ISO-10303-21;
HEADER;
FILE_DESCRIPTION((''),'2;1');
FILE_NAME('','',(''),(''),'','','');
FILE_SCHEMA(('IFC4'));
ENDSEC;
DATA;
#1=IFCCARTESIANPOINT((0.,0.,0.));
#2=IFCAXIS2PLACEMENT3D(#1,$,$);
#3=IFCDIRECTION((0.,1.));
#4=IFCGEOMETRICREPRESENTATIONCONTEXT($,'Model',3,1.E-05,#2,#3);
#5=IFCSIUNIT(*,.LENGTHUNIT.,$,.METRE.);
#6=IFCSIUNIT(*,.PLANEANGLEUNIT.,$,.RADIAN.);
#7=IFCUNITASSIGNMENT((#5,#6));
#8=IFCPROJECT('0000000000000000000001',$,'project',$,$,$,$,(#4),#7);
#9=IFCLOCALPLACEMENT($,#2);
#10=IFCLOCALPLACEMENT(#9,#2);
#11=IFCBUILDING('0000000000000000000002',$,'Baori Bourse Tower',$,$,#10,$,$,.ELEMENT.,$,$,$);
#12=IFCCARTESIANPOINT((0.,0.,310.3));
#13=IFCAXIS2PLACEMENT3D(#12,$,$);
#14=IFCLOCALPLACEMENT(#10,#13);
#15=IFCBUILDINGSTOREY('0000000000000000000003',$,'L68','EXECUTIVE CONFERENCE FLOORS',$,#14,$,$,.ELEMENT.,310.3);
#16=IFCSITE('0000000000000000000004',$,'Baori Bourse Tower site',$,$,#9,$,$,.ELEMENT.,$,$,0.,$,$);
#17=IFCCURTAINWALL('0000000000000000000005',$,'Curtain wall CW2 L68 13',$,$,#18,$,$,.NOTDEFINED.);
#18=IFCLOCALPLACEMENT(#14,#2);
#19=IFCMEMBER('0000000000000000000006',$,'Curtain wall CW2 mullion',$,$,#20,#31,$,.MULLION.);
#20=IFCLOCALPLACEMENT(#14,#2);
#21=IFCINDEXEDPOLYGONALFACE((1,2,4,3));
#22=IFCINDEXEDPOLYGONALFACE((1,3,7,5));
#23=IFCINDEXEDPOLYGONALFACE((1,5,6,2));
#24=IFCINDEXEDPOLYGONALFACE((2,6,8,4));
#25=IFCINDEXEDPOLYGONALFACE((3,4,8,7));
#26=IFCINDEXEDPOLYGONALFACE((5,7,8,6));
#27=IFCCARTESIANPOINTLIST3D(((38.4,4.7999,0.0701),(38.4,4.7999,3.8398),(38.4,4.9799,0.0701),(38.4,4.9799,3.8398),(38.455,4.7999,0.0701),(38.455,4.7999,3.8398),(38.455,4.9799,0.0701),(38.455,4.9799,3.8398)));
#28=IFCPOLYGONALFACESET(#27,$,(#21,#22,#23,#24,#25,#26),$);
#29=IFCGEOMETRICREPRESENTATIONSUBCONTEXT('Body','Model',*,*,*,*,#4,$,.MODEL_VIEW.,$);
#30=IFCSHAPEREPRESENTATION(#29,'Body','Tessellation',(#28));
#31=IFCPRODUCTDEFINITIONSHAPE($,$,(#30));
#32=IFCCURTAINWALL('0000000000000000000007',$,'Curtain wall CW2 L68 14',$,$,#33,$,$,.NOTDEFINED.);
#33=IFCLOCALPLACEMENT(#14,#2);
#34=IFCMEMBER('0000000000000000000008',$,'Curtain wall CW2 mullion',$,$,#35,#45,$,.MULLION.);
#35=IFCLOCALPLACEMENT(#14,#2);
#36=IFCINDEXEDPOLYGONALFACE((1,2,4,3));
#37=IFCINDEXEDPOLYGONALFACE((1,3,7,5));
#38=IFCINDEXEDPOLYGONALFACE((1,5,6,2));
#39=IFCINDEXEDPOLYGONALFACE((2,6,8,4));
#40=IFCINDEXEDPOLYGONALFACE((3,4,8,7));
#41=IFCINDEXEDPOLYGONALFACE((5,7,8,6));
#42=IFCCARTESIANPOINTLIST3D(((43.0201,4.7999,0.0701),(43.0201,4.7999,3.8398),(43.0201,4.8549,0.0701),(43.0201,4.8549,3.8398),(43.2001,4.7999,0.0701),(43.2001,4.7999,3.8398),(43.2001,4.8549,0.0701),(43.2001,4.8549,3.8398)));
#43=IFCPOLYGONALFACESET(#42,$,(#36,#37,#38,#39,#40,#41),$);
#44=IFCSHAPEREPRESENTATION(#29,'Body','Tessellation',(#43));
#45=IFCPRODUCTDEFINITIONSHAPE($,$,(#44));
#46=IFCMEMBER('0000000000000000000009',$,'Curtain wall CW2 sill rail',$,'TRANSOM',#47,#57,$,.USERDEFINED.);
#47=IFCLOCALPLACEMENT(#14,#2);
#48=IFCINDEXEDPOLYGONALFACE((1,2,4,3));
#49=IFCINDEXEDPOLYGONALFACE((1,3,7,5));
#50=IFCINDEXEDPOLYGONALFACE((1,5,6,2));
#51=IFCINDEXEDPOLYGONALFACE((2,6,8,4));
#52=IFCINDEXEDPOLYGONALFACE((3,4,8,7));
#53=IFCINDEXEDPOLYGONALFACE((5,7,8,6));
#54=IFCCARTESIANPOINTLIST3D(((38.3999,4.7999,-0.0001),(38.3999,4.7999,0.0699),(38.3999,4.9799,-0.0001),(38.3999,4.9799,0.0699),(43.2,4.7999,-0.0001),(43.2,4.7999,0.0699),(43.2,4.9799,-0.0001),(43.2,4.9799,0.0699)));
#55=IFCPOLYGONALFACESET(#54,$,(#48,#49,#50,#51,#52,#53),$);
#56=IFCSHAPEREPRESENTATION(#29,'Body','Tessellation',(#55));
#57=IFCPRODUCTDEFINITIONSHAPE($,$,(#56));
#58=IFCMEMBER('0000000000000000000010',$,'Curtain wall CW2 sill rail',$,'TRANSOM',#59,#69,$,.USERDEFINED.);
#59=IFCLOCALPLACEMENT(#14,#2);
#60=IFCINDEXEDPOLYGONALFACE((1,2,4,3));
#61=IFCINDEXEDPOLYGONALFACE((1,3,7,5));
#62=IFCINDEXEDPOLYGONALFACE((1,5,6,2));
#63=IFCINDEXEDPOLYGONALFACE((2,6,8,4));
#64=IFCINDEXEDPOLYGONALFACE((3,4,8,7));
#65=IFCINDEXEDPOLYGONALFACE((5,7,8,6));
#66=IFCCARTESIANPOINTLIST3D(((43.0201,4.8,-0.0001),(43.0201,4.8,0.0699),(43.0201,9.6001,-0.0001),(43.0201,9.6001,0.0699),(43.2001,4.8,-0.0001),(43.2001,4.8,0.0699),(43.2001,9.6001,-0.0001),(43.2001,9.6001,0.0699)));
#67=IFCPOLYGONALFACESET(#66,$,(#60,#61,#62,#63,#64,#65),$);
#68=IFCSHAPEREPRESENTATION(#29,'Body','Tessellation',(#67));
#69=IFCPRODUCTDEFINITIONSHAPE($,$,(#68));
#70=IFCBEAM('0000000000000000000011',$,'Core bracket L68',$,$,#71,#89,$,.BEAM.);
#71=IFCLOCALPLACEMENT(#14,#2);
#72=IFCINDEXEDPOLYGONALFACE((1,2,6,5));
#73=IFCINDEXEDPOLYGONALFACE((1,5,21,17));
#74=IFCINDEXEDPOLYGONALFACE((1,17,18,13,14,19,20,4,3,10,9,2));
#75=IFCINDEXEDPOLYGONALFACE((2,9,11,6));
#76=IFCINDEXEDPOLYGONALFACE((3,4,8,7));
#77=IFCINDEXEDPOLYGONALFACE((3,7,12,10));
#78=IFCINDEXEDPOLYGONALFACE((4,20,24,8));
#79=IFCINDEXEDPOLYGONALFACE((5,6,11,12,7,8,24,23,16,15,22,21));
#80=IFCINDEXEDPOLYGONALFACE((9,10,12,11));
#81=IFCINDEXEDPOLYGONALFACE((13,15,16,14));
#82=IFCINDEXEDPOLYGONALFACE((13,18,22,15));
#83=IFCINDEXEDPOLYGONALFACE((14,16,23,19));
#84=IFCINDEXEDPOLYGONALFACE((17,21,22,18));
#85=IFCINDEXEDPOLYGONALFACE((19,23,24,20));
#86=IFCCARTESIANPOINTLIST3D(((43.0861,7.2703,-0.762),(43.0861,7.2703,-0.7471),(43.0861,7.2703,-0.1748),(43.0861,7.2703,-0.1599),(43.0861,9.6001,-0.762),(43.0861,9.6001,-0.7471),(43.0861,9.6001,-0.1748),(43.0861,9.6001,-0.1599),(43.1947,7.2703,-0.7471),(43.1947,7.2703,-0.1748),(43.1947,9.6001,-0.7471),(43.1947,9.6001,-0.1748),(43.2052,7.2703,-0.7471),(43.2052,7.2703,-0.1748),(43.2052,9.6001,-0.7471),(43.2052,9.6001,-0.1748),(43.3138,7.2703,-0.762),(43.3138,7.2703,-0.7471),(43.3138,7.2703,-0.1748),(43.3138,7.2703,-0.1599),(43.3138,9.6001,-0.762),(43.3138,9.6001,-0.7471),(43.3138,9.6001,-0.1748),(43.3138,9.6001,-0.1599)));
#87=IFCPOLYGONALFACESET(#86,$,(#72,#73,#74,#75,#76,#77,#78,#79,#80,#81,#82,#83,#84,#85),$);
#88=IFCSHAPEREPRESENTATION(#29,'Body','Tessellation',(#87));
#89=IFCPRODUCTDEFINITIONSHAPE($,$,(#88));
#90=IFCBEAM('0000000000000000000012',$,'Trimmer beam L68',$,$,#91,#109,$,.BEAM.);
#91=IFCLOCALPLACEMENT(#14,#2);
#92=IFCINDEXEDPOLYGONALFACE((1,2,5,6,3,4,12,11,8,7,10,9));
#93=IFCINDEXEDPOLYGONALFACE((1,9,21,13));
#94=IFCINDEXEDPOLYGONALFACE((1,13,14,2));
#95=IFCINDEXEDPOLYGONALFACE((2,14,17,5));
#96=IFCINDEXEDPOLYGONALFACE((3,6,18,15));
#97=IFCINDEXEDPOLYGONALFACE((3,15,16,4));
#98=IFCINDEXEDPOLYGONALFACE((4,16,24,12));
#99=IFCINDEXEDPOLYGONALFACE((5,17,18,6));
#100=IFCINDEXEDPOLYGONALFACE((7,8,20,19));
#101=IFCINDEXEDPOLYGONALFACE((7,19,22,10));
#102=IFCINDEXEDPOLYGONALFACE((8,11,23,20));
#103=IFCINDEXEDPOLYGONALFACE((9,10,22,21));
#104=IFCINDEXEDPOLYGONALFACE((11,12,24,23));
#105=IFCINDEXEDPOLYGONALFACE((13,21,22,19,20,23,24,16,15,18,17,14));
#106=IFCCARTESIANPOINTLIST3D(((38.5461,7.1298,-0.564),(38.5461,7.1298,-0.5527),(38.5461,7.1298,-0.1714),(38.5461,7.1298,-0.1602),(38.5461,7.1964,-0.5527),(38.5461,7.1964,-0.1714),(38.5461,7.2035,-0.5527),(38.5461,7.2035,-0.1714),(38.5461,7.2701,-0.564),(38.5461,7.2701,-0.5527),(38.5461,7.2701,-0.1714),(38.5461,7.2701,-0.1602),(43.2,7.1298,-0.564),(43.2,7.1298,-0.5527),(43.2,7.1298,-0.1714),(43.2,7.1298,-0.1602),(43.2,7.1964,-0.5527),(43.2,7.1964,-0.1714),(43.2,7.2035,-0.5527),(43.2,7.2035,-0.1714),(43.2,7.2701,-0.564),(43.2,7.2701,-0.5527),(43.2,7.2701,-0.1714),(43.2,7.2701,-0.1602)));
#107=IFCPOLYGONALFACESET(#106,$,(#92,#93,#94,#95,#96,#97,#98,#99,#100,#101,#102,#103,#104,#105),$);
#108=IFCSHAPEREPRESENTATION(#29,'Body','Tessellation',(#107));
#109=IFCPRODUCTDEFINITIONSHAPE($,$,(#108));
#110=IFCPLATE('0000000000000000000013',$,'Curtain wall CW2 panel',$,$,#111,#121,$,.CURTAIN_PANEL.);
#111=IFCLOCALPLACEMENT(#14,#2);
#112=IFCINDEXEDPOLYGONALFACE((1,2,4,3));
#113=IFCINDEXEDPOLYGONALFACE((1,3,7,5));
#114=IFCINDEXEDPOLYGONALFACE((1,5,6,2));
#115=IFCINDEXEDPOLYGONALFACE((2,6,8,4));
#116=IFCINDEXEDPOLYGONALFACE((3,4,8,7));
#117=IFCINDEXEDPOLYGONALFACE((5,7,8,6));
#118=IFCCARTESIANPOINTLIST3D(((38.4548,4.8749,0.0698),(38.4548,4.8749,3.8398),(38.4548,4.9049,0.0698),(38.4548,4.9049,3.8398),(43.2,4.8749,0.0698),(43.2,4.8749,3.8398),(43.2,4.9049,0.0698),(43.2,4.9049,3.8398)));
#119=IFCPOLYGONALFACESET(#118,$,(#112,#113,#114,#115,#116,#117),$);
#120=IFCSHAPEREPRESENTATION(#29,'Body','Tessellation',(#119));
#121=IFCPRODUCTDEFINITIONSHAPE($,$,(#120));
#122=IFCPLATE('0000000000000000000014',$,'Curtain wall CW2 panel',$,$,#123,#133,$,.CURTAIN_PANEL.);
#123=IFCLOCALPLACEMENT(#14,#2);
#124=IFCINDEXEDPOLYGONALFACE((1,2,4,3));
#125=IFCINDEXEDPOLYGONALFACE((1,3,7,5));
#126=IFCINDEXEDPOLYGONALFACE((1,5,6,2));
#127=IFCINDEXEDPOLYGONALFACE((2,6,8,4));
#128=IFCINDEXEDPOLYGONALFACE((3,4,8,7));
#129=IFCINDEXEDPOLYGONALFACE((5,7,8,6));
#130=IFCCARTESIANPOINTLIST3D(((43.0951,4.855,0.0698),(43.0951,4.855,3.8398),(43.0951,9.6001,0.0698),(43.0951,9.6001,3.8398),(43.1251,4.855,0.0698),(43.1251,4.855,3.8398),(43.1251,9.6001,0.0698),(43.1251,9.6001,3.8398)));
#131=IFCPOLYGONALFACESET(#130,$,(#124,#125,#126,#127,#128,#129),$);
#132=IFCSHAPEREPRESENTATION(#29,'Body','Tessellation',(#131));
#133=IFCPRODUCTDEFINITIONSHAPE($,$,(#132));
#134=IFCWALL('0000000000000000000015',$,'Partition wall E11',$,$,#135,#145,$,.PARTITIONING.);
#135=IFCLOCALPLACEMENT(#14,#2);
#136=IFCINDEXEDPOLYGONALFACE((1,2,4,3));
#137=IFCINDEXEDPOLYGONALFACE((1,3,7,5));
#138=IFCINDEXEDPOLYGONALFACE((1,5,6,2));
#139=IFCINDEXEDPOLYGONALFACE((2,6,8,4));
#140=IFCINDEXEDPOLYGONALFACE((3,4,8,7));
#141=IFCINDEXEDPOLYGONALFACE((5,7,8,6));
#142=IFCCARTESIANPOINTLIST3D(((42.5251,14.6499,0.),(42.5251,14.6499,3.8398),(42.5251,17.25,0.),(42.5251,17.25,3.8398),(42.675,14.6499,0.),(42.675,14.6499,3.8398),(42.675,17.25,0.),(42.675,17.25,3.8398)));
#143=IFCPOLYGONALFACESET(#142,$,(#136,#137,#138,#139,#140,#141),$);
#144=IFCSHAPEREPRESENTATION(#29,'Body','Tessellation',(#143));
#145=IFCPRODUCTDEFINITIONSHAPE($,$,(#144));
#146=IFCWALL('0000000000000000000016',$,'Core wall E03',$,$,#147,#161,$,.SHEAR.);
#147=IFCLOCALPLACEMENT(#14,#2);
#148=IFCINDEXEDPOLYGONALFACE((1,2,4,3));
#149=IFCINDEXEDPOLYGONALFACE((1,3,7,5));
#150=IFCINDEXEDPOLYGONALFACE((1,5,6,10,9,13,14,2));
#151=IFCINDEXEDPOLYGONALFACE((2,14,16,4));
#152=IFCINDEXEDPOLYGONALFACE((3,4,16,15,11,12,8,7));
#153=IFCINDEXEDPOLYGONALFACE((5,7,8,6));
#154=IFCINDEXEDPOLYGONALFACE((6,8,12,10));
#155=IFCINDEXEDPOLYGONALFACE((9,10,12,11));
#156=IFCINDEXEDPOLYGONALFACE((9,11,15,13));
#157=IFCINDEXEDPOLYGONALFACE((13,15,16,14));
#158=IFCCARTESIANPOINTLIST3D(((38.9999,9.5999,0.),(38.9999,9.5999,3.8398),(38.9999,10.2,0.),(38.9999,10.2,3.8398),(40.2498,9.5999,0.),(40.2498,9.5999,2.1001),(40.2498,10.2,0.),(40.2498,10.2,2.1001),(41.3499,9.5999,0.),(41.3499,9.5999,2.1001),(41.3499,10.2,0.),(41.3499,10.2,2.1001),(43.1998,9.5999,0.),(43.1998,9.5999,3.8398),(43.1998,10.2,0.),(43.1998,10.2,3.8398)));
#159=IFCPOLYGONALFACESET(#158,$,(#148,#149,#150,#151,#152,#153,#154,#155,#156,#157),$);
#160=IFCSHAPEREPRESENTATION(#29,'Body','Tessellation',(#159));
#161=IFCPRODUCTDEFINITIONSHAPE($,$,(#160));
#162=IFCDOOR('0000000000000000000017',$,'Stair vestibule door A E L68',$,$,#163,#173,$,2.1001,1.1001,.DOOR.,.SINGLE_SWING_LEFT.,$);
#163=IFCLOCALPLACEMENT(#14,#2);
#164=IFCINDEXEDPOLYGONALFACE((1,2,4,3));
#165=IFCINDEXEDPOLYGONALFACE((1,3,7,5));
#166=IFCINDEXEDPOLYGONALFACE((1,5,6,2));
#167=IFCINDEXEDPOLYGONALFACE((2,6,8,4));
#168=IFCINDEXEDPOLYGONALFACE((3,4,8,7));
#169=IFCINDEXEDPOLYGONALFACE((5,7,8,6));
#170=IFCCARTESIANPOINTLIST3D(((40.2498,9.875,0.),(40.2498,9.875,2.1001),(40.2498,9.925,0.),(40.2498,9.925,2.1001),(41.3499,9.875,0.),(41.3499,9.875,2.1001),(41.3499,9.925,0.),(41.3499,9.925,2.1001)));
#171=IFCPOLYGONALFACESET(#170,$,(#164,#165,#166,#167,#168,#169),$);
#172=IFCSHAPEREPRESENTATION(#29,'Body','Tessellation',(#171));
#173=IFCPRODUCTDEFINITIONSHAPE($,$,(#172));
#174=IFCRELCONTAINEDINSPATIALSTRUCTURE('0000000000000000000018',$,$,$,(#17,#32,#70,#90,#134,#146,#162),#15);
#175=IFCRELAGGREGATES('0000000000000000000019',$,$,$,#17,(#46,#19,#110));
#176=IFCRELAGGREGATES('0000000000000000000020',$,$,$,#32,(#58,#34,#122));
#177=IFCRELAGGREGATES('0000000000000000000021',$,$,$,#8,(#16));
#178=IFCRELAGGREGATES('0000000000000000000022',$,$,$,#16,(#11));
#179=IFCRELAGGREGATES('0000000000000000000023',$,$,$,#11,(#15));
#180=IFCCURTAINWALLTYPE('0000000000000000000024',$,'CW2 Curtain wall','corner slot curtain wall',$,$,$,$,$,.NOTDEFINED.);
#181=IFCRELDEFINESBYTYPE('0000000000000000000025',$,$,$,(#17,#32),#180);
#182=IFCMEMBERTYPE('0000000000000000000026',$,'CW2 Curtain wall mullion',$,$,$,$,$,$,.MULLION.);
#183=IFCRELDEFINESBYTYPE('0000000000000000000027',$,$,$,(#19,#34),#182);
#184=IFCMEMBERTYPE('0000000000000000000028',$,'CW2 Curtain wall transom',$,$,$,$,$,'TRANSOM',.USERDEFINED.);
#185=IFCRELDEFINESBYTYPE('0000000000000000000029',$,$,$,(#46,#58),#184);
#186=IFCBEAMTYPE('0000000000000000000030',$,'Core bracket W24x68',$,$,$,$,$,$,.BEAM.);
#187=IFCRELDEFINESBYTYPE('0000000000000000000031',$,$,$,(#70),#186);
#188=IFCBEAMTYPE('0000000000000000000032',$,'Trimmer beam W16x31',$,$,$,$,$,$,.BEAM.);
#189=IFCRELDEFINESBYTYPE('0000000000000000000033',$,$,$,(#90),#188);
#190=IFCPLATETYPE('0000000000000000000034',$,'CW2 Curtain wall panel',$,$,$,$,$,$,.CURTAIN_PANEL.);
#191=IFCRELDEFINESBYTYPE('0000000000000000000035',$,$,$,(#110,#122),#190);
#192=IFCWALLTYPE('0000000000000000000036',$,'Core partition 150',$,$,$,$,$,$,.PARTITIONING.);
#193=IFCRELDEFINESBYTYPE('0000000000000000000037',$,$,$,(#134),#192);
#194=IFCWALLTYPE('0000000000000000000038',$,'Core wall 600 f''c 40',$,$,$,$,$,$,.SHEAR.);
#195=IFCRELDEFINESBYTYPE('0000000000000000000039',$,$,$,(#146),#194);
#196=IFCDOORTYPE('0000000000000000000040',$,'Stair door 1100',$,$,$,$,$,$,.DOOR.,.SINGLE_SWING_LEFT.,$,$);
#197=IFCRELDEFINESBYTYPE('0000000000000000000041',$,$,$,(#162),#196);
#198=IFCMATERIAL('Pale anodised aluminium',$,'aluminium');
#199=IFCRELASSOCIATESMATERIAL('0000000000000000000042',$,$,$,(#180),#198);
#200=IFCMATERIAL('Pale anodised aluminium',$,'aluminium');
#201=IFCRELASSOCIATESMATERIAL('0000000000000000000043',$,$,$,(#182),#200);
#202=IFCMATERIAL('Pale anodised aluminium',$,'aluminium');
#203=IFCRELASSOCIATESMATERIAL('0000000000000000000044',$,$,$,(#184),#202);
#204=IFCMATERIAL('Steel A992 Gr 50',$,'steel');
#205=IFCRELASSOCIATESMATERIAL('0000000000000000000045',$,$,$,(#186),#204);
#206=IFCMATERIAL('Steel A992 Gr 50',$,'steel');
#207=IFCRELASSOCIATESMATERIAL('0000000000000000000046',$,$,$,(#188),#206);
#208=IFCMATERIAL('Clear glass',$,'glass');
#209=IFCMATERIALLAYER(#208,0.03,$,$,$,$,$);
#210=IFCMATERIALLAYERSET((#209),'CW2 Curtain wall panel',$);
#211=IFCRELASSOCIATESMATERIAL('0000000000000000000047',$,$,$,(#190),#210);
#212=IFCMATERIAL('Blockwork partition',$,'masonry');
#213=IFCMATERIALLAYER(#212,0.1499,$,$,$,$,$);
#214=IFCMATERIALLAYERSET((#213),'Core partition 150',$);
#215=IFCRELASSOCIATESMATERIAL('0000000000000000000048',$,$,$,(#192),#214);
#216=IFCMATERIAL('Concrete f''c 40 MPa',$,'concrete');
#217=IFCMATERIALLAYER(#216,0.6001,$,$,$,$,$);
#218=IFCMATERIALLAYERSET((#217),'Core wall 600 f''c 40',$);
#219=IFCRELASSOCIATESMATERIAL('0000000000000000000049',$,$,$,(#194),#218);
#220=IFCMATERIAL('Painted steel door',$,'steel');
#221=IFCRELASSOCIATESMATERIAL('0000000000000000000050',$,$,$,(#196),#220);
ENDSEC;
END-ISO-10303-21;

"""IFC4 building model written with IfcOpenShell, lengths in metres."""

from ifc_helpers import new_model, si_unit, direction, frame, frame_2d, origin, origin_2d, place, context, subcontext, project, spatial, rectangle, i_section, extrude, material, layer, layer_set, material_profile, profile_set, type_object, element, fill, aggregate, save


model = new_model("IFC4")

# Units and contexts
model_context = context("Model", 3, precision=1e-05, world=origin(), true_north=direction((0.0, 1.0)))
body_context = subcontext(model_context, "Body", "Model", "MODEL_VIEW")
ifc_project = project(units=[si_unit("LENGTHUNIT", "METRE"), si_unit("PLANEANGLEUNIT", "RADIAN")], contexts=[model_context])

# Site, building, storey
site_placement = place(None, origin())
site = spatial("IfcSite", under=ifc_project, at=site_placement, Name="Baori Bourse Tower site", CompositionType="ELEMENT", RefElevation=0.0)
building_placement = place(site_placement, origin())
building = spatial("IfcBuilding", under=site, at=building_placement, Name="Baori Bourse Tower", CompositionType="ELEMENT")
storey_placement = place(building_placement, frame((0.0, 0.0, 310.3)))
storey = spatial("IfcBuildingStorey", under=building, at=storey_placement, Name="L68", Description="EXECUTIVE CONFERENCE FLOORS", CompositionType="ELEMENT", Elevation=310.3)

# Curtain walls, members
ifc_material_1 = material(Name="Pale anodised aluminium", Category="aluminium")
curtain_wall_type = type_object("IfcCurtainWallType", Name="CW2 Curtain wall", Description="corner slot curtain wall", PredefinedType="NOTDEFINED", material=ifc_material_1)
curtain_wall_1_placement = place(storey_placement, origin())
curtain_wall_1 = element("IfcCurtainWall", 1, at=curtain_wall_1_placement, inside=storey, type_object=curtain_wall_type, Name="Curtain wall CW2 L68 13", PredefinedType="NOTDEFINED")
ifc_material_2 = material(Name="Pale anodised aluminium", Category="aluminium")
ifc_material_profile_1 = material_profile(ifc_material_2, rectangle(XDim=0.1799, YDim=0.0549, at=origin_2d()), Name="Mullion 55x180")
ifc_profile_set_1 = profile_set([ifc_material_profile_1], Name="Pale anodised aluminium")
member_type_1 = type_object("IfcMemberType", Name="CW2 Curtain wall mullion", PredefinedType="MULLION", material=ifc_profile_set_1)
member_1_placement = place(storey_placement, frame((38.4275, 4.8899, 0.0701), z_axis=(0.0, 0.0, 1.0), x_axis=(0.0, 1.0, 0.0)))
member_1 = element("IfcMember", 2, at=member_1_placement, type_object=member_type_1, Name="Curtain wall CW2 mullion", PredefinedType="MULLION", context=body_context, shape_type="SweptSolid", body=[
    extrude(rectangle(XDim=0.1799, YDim=0.0549, at=origin_2d()), origin(), (0.0, 0.0, 1.0), 3.7698),
])
curtain_wall_2_placement = place(storey_placement, origin())
curtain_wall_2 = element("IfcCurtainWall", 3, at=curtain_wall_2_placement, inside=storey, type_object=curtain_wall_type, Name="Curtain wall CW2 L68 14", PredefinedType="NOTDEFINED")
member_2_placement = place(storey_placement, frame((43.1101, 4.8274, 0.0701), z_axis=(0.0, 0.0, 1.0), x_axis=(-1.0, 0.0, 0.0)))
member_2 = element("IfcMember", 4, at=member_2_placement, type_object=member_type_1, Name="Curtain wall CW2 mullion", PredefinedType="MULLION", context=body_context, shape_type="SweptSolid", body=[
    extrude(rectangle(XDim=0.1799, YDim=0.0549, at=origin_2d()), origin(), (0.0, 0.0, 1.0), 3.7698),
])

# Members
ifc_material_3 = material(Name="Pale anodised aluminium", Category="aluminium")
ifc_material_profile_2 = material_profile(ifc_material_3, rectangle(XDim=0.1799, YDim=0.0701, at=origin_2d()), Name="Transom 70x180")
ifc_profile_set_2 = profile_set([ifc_material_profile_2], Name="Pale anodised aluminium")
member_type_2 = type_object("IfcMemberType", Name="CW2 Curtain wall transom", ElementType="TRANSOM", PredefinedType="USERDEFINED", material=ifc_profile_set_2)
member_3_placement = place(storey_placement, frame((38.3999, 4.8899, 0.0349), z_axis=(1.0, 0.0, 0.0), x_axis=(0.0, 1.0, 0.0)))
member_3 = element("IfcMember", 5, at=member_3_placement, type_object=member_type_2, Name="Curtain wall CW2 sill rail", ObjectType="TRANSOM", PredefinedType="USERDEFINED", context=body_context, shape_type="SweptSolid", body=[
    extrude(rectangle(XDim=0.1799, YDim=0.0701, at=origin_2d()), origin(), (0.0, 0.0, 1.0), 4.8),
])
member_4_placement = place(storey_placement, frame((43.1101, 4.8, 0.0349), z_axis=(0.0, 1.0, 0.0), x_axis=(-1.0, 0.0, 0.0)))
member_4 = element("IfcMember", 6, at=member_4_placement, type_object=member_type_2, Name="Curtain wall CW2 sill rail", ObjectType="TRANSOM", PredefinedType="USERDEFINED", context=body_context, shape_type="SweptSolid", body=[
    extrude(rectangle(XDim=0.1799, YDim=0.0701, at=origin_2d()), origin(), (0.0, 0.0, 1.0), 4.8),
])

# Beams
ifc_material_4 = material(Name="Steel A992 Gr 50", Category="steel")
ifc_material_profile_3 = material_profile(ifc_material_4, i_section(OverallWidth=0.2278, OverallDepth=0.6021, WebThickness=0.0105, FlangeThickness=0.0149, at=origin_2d()), Name="W24x68")
ifc_profile_set_3 = profile_set([ifc_material_profile_3], Name="Steel A992 Gr 50")
beam_type_1 = type_object("IfcBeamType", Name="Core bracket W24x68", PredefinedType="BEAM", material=ifc_profile_set_3)
beam_1_placement = place(storey_placement, frame((43.2, 7.2703, -0.4609), z_axis=(0.0, 1.0, 0.0), x_axis=(-1.0, 0.0, 0.0)))
element("IfcBeam", 7, at=beam_1_placement, inside=storey, type_object=beam_type_1, Name="Core bracket L68", PredefinedType="BEAM", context=body_context, shape_type="SweptSolid", body=[
    extrude(i_section(OverallWidth=0.2278, OverallDepth=0.6021, WebThickness=0.0105, FlangeThickness=0.0149, at=origin_2d()), origin(), (0.0, 0.0, 1.0), 2.3298),
])
ifc_material_5 = material(Name="Steel A992 Gr 50", Category="steel")
ifc_material_profile_4 = material_profile(ifc_material_5, i_section(OverallWidth=0.1404, OverallDepth=0.4038, WebThickness=0.0071, FlangeThickness=0.0112, at=origin_2d()), Name="W16x31")
ifc_profile_set_4 = profile_set([ifc_material_profile_4], Name="Steel A992 Gr 50")
beam_type_2 = type_object("IfcBeamType", Name="Trimmer beam W16x31", PredefinedType="BEAM", material=ifc_profile_set_4)
beam_2_placement = place(storey_placement, frame((38.5461, 7.2, -0.3621), z_axis=(1.0, 0.0, 0.0), x_axis=(0.0, 1.0, 0.0)))
element("IfcBeam", 8, at=beam_2_placement, inside=storey, type_object=beam_type_2, Name="Trimmer beam L68", PredefinedType="BEAM", context=body_context, shape_type="SweptSolid", body=[
    extrude(i_section(OverallWidth=0.1404, OverallDepth=0.4038, WebThickness=0.0071, FlangeThickness=0.0112, at=origin_2d()), origin(), (0.0, 0.0, 1.0), 4.6538),
])

# Plates
ifc_material_6 = material(Name="Clear glass", Category="glass")
ifc_layer_1 = layer(ifc_material_6, 0.03)
ifc_layer_set_1 = layer_set([ifc_layer_1], Name="CW2 Curtain wall panel")
plate_type = type_object("IfcPlateType", Name="CW2 Curtain wall panel", PredefinedType="CURTAIN_PANEL", material=ifc_layer_set_1)
plate_1_placement = place(storey_placement, frame((40.8274, 4.8899, 0.0698), z_axis=(0.0, 0.0, 1.0), x_axis=(1.0, 0.0, 0.0)))
plate_1 = element("IfcPlate", 9, at=plate_1_placement, type_object=plate_type, Name="Curtain wall CW2 panel", PredefinedType="CURTAIN_PANEL", context=body_context, shape_type="SweptSolid", body=[
    extrude(rectangle(XDim=4.7451, YDim=0.03, at=origin_2d()), origin(), (0.0, 0.0, 1.0), 3.77),
])
aggregate(curtain_wall_1, [member_3, member_1, plate_1])
plate_2_placement = place(storey_placement, frame((43.1101, 7.2275, 0.0698), z_axis=(0.0, 0.0, 1.0), x_axis=(0.0, 1.0, 0.0)))
plate_2 = element("IfcPlate", 10, at=plate_2_placement, type_object=plate_type, Name="Curtain wall CW2 panel", PredefinedType="CURTAIN_PANEL", context=body_context, shape_type="SweptSolid", body=[
    extrude(rectangle(XDim=4.7451, YDim=0.03, at=origin_2d()), origin(), (0.0, 0.0, 1.0), 3.77),
])
aggregate(curtain_wall_2, [member_4, member_2, plate_2])

# Wall
ifc_material_7 = material(Name="Blockwork partition", Category="masonry")
ifc_layer_2 = layer(ifc_material_7, 0.1499)
ifc_layer_set_2 = layer_set([ifc_layer_2], Name="Core partition 150")
wall_type_1 = type_object("IfcWallType", Name="Core partition 150", PredefinedType="PARTITIONING", material=ifc_layer_set_2)
wall_1_placement = place(storey_placement, frame((42.6001, 14.6499, 0.0), z_axis=(0.0, 0.0, 1.0), x_axis=(0.0, 1.0, 0.0)))
element("IfcWall", 11, at=wall_1_placement, inside=storey, type_object=wall_type_1, Name="Partition wall E11", PredefinedType="PARTITIONING", context=body_context, shape_type="SweptSolid", body=[
    extrude(rectangle(XDim=2.6001, YDim=0.1499, at=frame_2d((1.3, 0.0))), origin(), (0.0, 0.0, 1.0), 3.8398),
])

# Wall, opening, door
ifc_material_8 = material(Name="Concrete f'c 40 MPa", Category="concrete")
ifc_layer_3 = layer(ifc_material_8, 0.6001)
ifc_layer_set_3 = layer_set([ifc_layer_3], Name="Core wall 600 f'c 40")
wall_type_2 = type_object("IfcWallType", Name="Core wall 600 f'c 40", PredefinedType="SHEAR", material=ifc_layer_set_3)
wall_2_placement = place(storey_placement, frame((43.2, 9.8999, 0.0), z_axis=(0.0, 0.0, 1.0), x_axis=(-1.0, 0.0, 0.0)))
wall_2 = element("IfcWall", 12, at=wall_2_placement, inside=storey, type_object=wall_type_2, Name="Core wall E03", PredefinedType="SHEAR", context=body_context, shape_type="SweptSolid", body=[
    extrude(rectangle(XDim=4.2, YDim=0.6001, at=frame_2d((2.1001, 0.0))), origin(), (0.0, 0.0, 1.0), 3.8398),
])
opening_1_placement = place(wall_2_placement, frame((1.8501, 0.0, 0.0)))
opening_1 = element("IfcOpeningElement", 13, at=opening_1_placement, cuts=wall_2, PredefinedType="OPENING", context=body_context, shape_type="SweptSolid", body=[
    extrude(rectangle(XDim=1.1001, YDim=2.1001, at=frame_2d((0.55, 1.05))), frame((0.0, 0.3101, 0.0), z_axis=(0.0, -1.0, 0.0), x_axis=(1.0, 0.0, 0.0)), (0.0, 0.0, 1.0), 0.6201),
])
ifc_material_9 = material(Name="Painted steel door", Category="steel")
door_type_1 = type_object("IfcDoorType", Name="Stair door 1100", OperationType="SINGLE_SWING_LEFT", PredefinedType="DOOR", material=ifc_material_9)
door_1_placement = place(opening_1_placement, origin())
door_1 = element("IfcDoor", 14, at=door_1_placement, inside=storey, type_object=door_type_1, Name="Stair vestibule door A E L68", OperationType="SINGLE_SWING_LEFT", OverallHeight=2.1001, OverallWidth=1.1001, PredefinedType="DOOR", context=body_context, shape_type="SweptSolid", body=[
    extrude(rectangle(XDim=1.1001, YDim=2.1001, at=frame_2d((0.55, 1.05))), frame((0.0, 0.0249, 0.0), z_axis=(0.0, -1.0, 0.0), x_axis=(1.0, 0.0, 0.0)), (0.0, 0.0, 1.0), 0.05),
])
fill(opening_1, door_1)

save(model, "model.ifc")
